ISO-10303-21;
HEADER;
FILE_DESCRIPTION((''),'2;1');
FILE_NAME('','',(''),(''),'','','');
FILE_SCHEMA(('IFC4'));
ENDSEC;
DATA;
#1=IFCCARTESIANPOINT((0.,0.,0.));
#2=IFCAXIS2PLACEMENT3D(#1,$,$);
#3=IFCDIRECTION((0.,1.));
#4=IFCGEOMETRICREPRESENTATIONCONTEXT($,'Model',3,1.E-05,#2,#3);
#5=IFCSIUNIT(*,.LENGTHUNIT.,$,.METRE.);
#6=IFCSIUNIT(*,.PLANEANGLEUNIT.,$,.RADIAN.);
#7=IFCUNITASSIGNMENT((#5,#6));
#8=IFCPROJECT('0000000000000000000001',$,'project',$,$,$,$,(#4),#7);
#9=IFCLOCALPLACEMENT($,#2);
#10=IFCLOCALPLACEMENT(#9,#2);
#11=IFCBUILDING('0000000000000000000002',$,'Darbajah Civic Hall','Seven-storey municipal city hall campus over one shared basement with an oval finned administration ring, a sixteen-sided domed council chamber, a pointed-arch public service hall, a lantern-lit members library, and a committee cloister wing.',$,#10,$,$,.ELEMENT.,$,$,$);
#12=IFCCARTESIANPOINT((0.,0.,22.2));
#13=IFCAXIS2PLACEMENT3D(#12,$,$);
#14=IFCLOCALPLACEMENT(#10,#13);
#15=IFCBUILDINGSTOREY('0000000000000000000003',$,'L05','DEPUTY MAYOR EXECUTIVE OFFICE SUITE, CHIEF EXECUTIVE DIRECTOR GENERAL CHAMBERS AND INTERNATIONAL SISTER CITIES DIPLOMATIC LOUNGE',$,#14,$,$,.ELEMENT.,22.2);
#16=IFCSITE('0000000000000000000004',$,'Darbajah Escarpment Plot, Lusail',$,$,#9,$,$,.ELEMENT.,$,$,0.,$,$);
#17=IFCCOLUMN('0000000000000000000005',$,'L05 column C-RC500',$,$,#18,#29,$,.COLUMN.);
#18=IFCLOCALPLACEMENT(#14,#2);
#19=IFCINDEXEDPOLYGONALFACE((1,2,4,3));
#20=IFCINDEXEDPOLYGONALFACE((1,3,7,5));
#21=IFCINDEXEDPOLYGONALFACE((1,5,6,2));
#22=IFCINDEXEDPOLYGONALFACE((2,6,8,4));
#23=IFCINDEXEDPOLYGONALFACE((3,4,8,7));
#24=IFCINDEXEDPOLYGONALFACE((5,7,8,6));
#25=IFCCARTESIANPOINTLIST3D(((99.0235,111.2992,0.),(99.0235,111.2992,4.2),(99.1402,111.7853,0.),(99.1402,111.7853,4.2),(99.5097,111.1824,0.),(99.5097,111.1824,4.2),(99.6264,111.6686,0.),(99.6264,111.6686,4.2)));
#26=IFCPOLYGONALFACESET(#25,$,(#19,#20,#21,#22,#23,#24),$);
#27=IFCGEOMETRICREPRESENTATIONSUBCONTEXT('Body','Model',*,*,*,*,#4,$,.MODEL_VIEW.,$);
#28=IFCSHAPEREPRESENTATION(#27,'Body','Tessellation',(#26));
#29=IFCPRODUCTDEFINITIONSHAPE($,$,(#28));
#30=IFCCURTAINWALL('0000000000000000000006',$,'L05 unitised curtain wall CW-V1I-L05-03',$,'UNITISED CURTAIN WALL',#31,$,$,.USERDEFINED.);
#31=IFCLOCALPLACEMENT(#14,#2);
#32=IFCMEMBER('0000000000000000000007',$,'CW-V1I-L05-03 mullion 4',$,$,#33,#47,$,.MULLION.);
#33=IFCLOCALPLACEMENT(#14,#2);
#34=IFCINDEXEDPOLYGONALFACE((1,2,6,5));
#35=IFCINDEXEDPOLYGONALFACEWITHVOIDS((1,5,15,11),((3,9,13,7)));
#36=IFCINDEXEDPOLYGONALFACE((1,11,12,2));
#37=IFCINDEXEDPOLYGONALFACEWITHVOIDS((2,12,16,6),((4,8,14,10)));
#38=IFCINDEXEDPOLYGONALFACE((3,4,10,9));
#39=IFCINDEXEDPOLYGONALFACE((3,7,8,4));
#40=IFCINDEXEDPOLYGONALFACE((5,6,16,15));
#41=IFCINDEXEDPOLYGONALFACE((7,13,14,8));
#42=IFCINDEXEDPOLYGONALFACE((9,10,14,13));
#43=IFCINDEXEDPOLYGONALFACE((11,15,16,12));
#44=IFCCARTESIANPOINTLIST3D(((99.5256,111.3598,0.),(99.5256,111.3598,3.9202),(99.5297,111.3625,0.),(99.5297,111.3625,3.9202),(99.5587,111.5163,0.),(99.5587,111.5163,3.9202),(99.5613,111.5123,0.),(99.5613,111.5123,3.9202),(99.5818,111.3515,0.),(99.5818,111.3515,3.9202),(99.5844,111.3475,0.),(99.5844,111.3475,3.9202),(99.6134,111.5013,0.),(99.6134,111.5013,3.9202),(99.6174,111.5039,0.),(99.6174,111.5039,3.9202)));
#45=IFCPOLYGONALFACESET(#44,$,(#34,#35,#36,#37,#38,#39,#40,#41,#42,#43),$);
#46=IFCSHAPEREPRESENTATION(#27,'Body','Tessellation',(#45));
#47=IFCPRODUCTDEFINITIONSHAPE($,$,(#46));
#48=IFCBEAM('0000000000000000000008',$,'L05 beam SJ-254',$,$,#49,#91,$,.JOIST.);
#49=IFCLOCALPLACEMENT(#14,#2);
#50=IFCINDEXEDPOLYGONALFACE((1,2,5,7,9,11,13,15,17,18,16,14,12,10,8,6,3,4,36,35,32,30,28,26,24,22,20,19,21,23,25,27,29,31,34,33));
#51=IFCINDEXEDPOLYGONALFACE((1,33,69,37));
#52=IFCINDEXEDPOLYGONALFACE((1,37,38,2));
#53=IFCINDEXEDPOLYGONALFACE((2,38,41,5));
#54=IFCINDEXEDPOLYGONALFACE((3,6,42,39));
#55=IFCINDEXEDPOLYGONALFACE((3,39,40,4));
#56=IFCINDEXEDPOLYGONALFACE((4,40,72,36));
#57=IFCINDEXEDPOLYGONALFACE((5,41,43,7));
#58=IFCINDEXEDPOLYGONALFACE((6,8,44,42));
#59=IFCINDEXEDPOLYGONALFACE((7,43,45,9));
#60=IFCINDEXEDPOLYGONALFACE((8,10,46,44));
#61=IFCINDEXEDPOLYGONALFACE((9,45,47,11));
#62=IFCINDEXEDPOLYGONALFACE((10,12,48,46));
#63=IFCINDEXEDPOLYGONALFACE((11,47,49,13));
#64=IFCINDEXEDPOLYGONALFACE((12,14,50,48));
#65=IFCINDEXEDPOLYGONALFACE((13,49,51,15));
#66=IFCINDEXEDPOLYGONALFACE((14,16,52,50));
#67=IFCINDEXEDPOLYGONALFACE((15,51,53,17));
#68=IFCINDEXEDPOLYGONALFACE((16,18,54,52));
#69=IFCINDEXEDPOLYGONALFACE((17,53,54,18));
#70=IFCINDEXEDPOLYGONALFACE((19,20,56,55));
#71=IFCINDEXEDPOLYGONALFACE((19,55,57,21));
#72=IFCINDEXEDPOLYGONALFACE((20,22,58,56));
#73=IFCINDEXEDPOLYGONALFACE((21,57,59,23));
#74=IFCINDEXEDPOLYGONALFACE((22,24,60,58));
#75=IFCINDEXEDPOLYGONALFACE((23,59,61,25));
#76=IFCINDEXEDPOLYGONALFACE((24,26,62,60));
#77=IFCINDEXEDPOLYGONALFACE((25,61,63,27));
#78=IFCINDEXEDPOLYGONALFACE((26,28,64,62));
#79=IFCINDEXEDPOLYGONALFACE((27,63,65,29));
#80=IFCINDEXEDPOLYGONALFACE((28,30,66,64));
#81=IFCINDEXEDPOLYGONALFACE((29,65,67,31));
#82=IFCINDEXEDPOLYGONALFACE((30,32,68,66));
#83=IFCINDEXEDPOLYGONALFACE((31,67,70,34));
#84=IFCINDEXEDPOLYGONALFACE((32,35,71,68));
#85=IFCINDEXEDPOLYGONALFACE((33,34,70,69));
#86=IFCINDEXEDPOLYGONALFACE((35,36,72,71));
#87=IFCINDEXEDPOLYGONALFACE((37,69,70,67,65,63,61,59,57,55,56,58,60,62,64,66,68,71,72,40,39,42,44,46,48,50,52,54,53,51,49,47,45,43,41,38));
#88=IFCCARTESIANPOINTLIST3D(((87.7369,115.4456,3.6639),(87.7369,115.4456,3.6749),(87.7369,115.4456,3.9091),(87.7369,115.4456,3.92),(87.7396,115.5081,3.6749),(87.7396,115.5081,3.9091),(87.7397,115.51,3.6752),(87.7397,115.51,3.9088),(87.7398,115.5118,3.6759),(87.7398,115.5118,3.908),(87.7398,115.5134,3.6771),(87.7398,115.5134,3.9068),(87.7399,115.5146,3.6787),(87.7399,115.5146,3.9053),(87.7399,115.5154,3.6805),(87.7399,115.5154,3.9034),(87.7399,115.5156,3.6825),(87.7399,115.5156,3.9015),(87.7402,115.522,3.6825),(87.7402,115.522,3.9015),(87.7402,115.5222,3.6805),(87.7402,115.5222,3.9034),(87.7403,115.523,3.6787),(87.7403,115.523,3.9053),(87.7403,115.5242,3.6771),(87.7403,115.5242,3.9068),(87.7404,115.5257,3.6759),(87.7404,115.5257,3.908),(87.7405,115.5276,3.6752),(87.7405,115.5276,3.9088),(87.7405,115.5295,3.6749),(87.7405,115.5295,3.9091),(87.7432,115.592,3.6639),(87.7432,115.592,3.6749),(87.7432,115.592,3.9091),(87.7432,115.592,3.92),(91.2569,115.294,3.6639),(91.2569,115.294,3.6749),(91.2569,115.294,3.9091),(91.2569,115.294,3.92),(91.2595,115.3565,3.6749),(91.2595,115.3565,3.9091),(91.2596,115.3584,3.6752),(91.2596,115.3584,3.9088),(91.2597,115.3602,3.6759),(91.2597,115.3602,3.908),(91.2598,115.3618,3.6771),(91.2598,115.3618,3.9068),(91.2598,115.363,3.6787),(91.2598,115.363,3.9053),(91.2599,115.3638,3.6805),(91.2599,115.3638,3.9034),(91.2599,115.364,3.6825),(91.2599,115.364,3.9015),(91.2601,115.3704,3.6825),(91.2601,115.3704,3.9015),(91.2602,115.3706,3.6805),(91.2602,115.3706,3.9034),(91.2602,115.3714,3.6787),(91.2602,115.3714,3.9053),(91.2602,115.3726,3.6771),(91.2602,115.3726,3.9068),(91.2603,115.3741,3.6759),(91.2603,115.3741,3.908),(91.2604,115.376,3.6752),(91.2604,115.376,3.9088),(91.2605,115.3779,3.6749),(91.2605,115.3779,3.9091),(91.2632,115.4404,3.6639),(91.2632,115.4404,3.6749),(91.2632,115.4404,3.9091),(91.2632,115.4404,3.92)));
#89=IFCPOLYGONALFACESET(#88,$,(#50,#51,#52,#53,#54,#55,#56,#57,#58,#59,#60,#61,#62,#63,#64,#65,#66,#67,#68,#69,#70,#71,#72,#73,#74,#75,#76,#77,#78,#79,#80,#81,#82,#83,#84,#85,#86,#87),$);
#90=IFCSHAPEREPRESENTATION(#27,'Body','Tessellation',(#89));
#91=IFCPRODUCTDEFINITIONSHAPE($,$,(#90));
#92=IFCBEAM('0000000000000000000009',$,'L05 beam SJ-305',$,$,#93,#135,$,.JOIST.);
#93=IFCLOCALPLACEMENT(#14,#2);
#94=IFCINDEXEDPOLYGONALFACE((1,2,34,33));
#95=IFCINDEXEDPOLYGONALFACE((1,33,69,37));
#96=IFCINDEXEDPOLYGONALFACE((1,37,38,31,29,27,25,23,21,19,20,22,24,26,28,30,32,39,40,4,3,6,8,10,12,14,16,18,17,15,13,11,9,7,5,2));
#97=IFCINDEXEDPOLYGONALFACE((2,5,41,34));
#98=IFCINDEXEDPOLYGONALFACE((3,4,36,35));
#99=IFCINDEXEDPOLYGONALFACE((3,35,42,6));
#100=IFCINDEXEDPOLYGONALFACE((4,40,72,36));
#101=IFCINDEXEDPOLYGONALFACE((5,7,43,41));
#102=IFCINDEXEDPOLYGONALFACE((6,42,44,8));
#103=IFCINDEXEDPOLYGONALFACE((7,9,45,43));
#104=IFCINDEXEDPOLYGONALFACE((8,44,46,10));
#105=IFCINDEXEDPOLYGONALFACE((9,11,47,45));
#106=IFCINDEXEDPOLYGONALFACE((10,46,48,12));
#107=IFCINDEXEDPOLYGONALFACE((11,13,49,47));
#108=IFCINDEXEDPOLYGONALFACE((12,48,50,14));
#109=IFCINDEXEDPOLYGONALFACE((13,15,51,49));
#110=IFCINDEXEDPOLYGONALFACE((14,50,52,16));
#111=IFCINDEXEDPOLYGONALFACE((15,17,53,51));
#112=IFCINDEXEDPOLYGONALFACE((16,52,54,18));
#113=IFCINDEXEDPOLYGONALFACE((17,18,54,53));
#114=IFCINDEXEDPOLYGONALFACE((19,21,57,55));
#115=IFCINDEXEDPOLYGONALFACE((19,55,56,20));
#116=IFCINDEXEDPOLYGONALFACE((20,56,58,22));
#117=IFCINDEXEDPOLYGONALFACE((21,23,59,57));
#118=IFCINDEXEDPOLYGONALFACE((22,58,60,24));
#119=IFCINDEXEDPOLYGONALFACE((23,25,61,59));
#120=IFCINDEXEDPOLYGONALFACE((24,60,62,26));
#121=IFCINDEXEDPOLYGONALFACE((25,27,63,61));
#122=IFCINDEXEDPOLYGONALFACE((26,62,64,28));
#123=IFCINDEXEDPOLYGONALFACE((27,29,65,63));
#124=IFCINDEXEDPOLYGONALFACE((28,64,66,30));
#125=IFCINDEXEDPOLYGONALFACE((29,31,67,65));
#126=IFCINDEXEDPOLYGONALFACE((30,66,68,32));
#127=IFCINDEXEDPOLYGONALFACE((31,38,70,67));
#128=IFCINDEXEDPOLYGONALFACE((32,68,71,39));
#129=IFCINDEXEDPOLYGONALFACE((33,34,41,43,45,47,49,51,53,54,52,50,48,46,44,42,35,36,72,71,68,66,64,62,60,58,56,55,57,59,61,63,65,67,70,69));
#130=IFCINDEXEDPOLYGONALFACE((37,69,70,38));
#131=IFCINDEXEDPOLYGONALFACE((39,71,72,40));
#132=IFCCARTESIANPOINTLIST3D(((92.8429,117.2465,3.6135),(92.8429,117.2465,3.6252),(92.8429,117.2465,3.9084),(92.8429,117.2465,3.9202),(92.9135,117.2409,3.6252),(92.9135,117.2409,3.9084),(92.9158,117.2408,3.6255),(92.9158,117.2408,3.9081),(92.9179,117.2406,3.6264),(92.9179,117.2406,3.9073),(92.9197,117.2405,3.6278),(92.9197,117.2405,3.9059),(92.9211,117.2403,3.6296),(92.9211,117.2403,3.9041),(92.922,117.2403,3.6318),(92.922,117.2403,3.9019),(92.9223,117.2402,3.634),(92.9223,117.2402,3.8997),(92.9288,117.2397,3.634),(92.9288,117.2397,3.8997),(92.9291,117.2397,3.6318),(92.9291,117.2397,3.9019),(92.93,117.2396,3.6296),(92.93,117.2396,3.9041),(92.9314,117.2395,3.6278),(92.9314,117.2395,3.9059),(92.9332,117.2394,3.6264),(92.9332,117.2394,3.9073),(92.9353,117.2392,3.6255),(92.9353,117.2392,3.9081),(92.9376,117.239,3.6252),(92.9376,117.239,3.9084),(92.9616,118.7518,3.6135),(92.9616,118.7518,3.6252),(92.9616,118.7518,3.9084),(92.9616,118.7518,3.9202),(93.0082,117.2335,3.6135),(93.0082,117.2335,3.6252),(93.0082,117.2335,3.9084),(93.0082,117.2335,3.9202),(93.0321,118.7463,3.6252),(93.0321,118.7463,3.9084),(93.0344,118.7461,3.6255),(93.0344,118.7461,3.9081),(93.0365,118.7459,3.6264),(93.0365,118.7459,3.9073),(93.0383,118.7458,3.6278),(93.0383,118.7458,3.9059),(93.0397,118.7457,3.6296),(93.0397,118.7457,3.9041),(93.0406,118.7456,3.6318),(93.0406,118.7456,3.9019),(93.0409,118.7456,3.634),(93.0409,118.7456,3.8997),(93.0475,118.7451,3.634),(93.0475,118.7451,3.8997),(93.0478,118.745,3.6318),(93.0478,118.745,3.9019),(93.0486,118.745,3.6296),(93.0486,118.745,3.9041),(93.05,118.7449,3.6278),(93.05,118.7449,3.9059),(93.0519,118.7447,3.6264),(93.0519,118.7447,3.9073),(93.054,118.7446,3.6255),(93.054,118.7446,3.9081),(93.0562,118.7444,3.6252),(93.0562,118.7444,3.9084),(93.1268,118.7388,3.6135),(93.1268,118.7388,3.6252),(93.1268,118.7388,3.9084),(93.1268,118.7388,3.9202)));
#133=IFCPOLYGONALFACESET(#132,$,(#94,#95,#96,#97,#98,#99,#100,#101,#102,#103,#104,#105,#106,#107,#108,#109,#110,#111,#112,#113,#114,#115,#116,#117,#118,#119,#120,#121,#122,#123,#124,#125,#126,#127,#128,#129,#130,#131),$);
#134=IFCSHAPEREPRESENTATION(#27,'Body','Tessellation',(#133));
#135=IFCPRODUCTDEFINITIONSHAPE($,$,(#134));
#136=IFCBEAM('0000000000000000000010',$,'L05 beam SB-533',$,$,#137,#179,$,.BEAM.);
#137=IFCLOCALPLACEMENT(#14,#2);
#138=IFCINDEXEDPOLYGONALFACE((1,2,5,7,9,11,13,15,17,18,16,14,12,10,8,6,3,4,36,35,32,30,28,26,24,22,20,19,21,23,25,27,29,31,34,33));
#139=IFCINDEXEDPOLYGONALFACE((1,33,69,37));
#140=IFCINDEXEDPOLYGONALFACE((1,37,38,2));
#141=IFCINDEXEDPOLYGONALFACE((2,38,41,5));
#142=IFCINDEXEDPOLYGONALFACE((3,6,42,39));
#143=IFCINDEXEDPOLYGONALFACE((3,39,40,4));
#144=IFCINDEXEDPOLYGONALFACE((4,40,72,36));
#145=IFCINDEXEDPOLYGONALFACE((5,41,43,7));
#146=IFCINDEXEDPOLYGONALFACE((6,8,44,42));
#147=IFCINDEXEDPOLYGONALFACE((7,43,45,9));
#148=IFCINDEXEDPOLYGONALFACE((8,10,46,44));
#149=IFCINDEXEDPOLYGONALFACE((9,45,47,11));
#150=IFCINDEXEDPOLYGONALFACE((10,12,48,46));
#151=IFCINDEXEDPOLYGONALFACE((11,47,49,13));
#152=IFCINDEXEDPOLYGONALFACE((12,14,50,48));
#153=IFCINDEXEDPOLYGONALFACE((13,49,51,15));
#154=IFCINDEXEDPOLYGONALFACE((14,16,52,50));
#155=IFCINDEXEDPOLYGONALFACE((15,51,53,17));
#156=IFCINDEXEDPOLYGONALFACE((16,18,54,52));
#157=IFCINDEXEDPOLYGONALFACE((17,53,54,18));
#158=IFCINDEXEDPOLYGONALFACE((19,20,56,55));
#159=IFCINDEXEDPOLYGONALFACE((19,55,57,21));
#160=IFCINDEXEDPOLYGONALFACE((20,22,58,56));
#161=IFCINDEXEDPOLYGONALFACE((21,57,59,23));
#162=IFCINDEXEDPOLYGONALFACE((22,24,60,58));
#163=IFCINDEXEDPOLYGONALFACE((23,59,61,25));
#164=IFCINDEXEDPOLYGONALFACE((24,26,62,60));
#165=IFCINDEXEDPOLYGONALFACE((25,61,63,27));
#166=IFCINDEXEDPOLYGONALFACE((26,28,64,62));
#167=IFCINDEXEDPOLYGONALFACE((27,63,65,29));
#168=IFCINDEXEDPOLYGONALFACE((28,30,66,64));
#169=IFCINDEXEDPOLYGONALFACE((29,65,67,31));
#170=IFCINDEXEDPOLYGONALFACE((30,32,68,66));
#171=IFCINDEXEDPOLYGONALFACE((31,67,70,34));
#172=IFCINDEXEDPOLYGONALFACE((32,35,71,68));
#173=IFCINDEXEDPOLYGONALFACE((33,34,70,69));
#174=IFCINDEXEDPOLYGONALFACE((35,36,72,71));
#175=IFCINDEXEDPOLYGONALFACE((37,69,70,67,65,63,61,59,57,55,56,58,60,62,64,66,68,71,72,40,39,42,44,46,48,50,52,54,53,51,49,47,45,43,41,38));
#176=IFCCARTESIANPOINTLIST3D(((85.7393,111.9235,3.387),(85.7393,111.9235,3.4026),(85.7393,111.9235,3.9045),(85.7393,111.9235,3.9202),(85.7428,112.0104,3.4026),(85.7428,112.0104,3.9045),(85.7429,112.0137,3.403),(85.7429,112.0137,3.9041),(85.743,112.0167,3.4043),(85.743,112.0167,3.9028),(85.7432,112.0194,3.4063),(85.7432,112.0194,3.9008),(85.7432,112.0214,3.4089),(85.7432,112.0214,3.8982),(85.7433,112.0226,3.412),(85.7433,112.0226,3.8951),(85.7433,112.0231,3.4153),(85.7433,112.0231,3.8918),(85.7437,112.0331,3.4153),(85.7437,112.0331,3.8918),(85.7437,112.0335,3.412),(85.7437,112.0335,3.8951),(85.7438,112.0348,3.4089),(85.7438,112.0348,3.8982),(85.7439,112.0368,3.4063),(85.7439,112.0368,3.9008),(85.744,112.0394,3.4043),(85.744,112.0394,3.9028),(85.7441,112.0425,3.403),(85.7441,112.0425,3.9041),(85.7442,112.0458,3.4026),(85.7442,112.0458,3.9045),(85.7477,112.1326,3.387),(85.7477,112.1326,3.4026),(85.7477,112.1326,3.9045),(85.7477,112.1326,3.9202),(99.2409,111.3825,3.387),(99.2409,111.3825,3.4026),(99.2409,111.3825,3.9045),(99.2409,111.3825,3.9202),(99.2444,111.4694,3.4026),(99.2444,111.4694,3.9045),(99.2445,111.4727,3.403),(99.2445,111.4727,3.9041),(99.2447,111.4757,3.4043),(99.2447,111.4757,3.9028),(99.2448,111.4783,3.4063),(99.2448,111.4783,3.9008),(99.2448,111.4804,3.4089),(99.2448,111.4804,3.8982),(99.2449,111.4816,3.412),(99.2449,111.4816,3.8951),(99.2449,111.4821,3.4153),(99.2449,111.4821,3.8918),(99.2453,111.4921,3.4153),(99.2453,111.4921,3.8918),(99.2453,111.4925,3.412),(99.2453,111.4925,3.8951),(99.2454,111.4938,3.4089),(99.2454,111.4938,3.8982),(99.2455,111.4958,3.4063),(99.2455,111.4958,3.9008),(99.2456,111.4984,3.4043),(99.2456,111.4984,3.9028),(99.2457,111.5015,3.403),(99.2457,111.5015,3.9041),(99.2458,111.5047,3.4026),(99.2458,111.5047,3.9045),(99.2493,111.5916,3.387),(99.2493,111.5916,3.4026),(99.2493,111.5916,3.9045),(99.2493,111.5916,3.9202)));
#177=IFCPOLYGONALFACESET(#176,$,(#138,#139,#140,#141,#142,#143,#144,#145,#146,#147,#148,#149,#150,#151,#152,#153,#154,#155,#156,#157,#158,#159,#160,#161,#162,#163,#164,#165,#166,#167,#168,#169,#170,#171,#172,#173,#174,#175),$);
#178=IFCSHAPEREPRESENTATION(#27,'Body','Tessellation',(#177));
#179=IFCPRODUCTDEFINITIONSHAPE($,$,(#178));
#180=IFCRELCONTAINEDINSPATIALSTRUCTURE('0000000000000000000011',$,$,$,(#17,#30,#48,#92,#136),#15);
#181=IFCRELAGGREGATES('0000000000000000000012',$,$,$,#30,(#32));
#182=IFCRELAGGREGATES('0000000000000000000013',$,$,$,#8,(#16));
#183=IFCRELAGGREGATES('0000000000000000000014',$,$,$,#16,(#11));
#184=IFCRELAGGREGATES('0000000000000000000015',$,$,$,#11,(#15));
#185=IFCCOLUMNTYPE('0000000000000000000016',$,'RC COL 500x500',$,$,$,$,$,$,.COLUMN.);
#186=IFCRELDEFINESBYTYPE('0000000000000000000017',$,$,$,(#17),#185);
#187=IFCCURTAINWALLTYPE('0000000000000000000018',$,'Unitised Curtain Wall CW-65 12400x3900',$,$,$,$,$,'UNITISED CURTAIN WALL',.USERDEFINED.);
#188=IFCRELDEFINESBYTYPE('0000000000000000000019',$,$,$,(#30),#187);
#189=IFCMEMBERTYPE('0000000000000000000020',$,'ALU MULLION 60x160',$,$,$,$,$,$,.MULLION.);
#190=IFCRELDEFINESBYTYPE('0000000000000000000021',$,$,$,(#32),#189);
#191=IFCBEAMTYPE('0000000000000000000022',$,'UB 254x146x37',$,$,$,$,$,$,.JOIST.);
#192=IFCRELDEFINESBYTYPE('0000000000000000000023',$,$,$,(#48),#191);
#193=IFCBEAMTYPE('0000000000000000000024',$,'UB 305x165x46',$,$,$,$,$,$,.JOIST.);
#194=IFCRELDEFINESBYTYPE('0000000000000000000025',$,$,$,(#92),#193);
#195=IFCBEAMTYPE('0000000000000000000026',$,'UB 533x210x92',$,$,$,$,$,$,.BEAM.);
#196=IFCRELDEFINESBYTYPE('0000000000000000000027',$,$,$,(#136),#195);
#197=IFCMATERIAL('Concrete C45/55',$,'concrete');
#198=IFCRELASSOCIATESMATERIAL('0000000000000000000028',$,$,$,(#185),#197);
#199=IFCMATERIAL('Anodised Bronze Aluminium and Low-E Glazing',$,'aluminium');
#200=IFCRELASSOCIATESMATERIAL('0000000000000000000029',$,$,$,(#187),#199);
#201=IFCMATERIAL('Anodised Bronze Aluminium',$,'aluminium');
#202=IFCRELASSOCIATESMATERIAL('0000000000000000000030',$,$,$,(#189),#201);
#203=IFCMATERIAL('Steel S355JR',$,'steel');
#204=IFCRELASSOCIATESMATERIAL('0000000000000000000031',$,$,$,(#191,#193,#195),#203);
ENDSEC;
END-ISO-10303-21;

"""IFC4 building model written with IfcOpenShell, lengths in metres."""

from ifc_helpers import new_model, si_unit, direction, frame, origin, origin_2d, place, context, subcontext, project, spatial, rectangle, hollow_rectangle, i_section, extrude, material, material_profile, profile_set, type_object, element, aggregate, save


model = new_model("IFC4")

# Units and contexts
model_context = context("Model", 3, precision=1e-05, world=origin(), true_north=direction((0.0, 1.0)))
body_context = subcontext(model_context, "Body", "Model", "MODEL_VIEW")
ifc_project = project(units=[si_unit("LENGTHUNIT", "METRE"), si_unit("PLANEANGLEUNIT", "RADIAN")], contexts=[model_context])

# Site, building, storey
site_placement = place(None, origin())
site = spatial("IfcSite", under=ifc_project, at=site_placement, Name="Darbajah Escarpment Plot, Lusail", CompositionType="ELEMENT", RefElevation=0.0)
building_placement = place(site_placement, origin())
building = spatial("IfcBuilding", under=site, at=building_placement, Name="Darbajah Civic Hall", Description="Seven-storey municipal city hall campus over one shared basement with an oval finned administration ring, a sixteen-sided domed council chamber, a pointed-arch public service hall, a lantern-lit members library, and a committee cloister wing.", CompositionType="ELEMENT")
storey_placement = place(building_placement, frame((0.0, 0.0, 22.2)))
storey = spatial("IfcBuildingStorey", under=building, at=storey_placement, Name="L05", Description="DEPUTY MAYOR EXECUTIVE OFFICE SUITE, CHIEF EXECUTIVE DIRECTOR GENERAL CHAMBERS AND INTERNATIONAL SISTER CITIES DIPLOMATIC LOUNGE", CompositionType="ELEMENT", Elevation=22.2)

# Column
ifc_material_1 = material(Name="Concrete C45/55", Category="concrete")
ifc_material_profile_1 = material_profile(ifc_material_1, rectangle(XDim=0.5, YDim=0.5, at=origin_2d()), Name="RC COL 500x500")
ifc_profile_set_1 = profile_set([ifc_material_profile_1], Name="Concrete C45/55")
column_type = type_object("IfcColumnType", Name="RC COL 500x500", PredefinedType="COLUMN", material=ifc_profile_set_1)
column_placement = place(storey_placement, frame((99.325, 111.4839, 0.0), z_axis=(0.0, 0.0, 1.0), x_axis=(0.233445, 0.97237, 0.0)))
element("IfcColumn", 1, at=column_placement, inside=storey, type_object=column_type, Name="L05 column C-RC500", PredefinedType="COLUMN", context=body_context, shape_type="SweptSolid", body=[
    extrude(rectangle(XDim=0.5, YDim=0.5, at=origin_2d()), origin(), (0.0, 0.0, 1.0), 4.2),
])

# Curtain wall, member
ifc_material_2 = material(Name="Anodised Bronze Aluminium and Low-E Glazing", Category="aluminium")
curtain_wall_type = type_object("IfcCurtainWallType", Name="Unitised Curtain Wall CW-65 12400x3900", ElementType="UNITISED CURTAIN WALL", PredefinedType="USERDEFINED", material=ifc_material_2)
curtain_wall_placement = place(storey_placement, origin())
curtain_wall = element("IfcCurtainWall", 2, at=curtain_wall_placement, inside=storey, type_object=curtain_wall_type, Name="L05 unitised curtain wall CW-V1I-L05-03", ObjectType="UNITISED CURTAIN WALL", PredefinedType="USERDEFINED")
ifc_material_3 = material(Name="Anodised Bronze Aluminium", Category="aluminium")
ifc_material_profile_2 = material_profile(ifc_material_3, hollow_rectangle(XDim=0.0601, YDim=0.1599, WallThickness=0.0034, at=origin_2d()), Name="ALU MULLION 60x160")
ifc_profile_set_2 = profile_set([ifc_material_profile_2], Name="Anodised Bronze Aluminium")
member_type = type_object("IfcMemberType", Name="ALU MULLION 60x160", PredefinedType="MULLION", material=ifc_profile_set_2)
member_placement = place(storey_placement, frame((99.5715, 111.4319, 0.0), z_axis=(0.0, 0.0, 1.0), x_axis=(-0.978473, 0.206375, 0.0)))
member = element("IfcMember", 3, at=member_placement, type_object=member_type, Name="CW-V1I-L05-03 mullion 4", PredefinedType="MULLION", context=body_context, shape_type="SweptSolid", body=[
    extrude(hollow_rectangle(XDim=0.0601, YDim=0.1599, WallThickness=0.0034, at=origin_2d()), origin(), (0.0, 0.0, 1.0), 3.9202),
])
aggregate(curtain_wall, [member])

# Beams
ifc_material_4 = material(Name="Steel S355JR", Category="steel")
ifc_material_profile_3 = material_profile(ifc_material_4, i_section(OverallWidth=0.1465, OverallDepth=0.2561, WebThickness=0.0063, FlangeThickness=0.011, FilletRadius=0.0076, at=origin_2d()), Name="UB 254x146x37")
ifc_profile_set_3 = profile_set([ifc_material_profile_3], Name="Steel S355JR")
beam_type_1 = type_object("IfcBeamType", Name="UB 254x146x37", PredefinedType="JOIST", material=ifc_profile_set_3)
beam_1_placement = place(storey_placement, frame((91.26, 115.3672, 3.792), z_axis=(-0.999074, 0.043031, 0.0), x_axis=(-0.043031, -0.999074, 0.0)))
element("IfcBeam", 4, at=beam_1_placement, inside=storey, type_object=beam_type_1, Name="L05 beam SJ-254", PredefinedType="JOIST", context=body_context, shape_type="SweptSolid", body=[
    extrude(i_section(OverallWidth=0.1465, OverallDepth=0.2561, WebThickness=0.0063, FlangeThickness=0.011, FilletRadius=0.0076, at=origin_2d()), origin(), (0.0, 0.0, 1.0), 3.5232),
])
ifc_material_profile_4 = material_profile(ifc_material_4, i_section(OverallWidth=0.1658, OverallDepth=0.3066, WebThickness=0.0066, FlangeThickness=0.0117, FilletRadius=0.0088, at=origin_2d()), Name="UB 305x165x46")
ifc_profile_set_4 = profile_set([ifc_material_profile_4], Name="Steel S355JR")
beam_type_2 = type_object("IfcBeamType", Name="UB 305x165x46", PredefinedType="JOIST", material=ifc_profile_set_4)
beam_2_placement = place(storey_placement, frame((92.9255, 117.24, 3.7668), z_axis=(0.078576, 0.996908, 0.0), x_axis=(-0.996908, 0.078576, 0.0)))
element("IfcBeam", 5, at=beam_2_placement, inside=storey, type_object=beam_type_2, Name="L05 beam SJ-305", PredefinedType="JOIST", context=body_context, shape_type="SweptSolid", body=[
    extrude(i_section(OverallWidth=0.1658, OverallDepth=0.3066, WebThickness=0.0066, FlangeThickness=0.0117, FilletRadius=0.0088, at=origin_2d()), origin(), (0.0, 0.0, 1.0), 1.51),
])
ifc_material_profile_5 = material_profile(ifc_material_4, i_section(OverallWidth=0.2092, OverallDepth=0.5332, WebThickness=0.01, FlangeThickness=0.0156, FilletRadius=0.0127, at=origin_2d()), Name="UB 533x210x92")
ifc_profile_set_5 = profile_set([ifc_material_profile_5], Name="Steel S355JR")
beam_type_3 = type_object("IfcBeamType", Name="UB 533x210x92", PredefinedType="BEAM", material=ifc_profile_set_5)
beam_3_placement = place(storey_placement, frame((99.2451, 111.4871, 3.6536), z_axis=(-0.999198, 0.040038, 0.0), x_axis=(-0.040038, -0.999198, 0.0)))
element("IfcBeam", 6, at=beam_3_placement, inside=storey, type_object=beam_type_3, Name="L05 beam SB-533", PredefinedType="BEAM", context=body_context, shape_type="SweptSolid", body=[
    extrude(i_section(OverallWidth=0.2092, OverallDepth=0.5332, WebThickness=0.01, FlangeThickness=0.0156, FilletRadius=0.0127, at=origin_2d()), origin(), (0.0, 0.0, 1.0), 13.5125),
])

save(model, "model.ifc")
